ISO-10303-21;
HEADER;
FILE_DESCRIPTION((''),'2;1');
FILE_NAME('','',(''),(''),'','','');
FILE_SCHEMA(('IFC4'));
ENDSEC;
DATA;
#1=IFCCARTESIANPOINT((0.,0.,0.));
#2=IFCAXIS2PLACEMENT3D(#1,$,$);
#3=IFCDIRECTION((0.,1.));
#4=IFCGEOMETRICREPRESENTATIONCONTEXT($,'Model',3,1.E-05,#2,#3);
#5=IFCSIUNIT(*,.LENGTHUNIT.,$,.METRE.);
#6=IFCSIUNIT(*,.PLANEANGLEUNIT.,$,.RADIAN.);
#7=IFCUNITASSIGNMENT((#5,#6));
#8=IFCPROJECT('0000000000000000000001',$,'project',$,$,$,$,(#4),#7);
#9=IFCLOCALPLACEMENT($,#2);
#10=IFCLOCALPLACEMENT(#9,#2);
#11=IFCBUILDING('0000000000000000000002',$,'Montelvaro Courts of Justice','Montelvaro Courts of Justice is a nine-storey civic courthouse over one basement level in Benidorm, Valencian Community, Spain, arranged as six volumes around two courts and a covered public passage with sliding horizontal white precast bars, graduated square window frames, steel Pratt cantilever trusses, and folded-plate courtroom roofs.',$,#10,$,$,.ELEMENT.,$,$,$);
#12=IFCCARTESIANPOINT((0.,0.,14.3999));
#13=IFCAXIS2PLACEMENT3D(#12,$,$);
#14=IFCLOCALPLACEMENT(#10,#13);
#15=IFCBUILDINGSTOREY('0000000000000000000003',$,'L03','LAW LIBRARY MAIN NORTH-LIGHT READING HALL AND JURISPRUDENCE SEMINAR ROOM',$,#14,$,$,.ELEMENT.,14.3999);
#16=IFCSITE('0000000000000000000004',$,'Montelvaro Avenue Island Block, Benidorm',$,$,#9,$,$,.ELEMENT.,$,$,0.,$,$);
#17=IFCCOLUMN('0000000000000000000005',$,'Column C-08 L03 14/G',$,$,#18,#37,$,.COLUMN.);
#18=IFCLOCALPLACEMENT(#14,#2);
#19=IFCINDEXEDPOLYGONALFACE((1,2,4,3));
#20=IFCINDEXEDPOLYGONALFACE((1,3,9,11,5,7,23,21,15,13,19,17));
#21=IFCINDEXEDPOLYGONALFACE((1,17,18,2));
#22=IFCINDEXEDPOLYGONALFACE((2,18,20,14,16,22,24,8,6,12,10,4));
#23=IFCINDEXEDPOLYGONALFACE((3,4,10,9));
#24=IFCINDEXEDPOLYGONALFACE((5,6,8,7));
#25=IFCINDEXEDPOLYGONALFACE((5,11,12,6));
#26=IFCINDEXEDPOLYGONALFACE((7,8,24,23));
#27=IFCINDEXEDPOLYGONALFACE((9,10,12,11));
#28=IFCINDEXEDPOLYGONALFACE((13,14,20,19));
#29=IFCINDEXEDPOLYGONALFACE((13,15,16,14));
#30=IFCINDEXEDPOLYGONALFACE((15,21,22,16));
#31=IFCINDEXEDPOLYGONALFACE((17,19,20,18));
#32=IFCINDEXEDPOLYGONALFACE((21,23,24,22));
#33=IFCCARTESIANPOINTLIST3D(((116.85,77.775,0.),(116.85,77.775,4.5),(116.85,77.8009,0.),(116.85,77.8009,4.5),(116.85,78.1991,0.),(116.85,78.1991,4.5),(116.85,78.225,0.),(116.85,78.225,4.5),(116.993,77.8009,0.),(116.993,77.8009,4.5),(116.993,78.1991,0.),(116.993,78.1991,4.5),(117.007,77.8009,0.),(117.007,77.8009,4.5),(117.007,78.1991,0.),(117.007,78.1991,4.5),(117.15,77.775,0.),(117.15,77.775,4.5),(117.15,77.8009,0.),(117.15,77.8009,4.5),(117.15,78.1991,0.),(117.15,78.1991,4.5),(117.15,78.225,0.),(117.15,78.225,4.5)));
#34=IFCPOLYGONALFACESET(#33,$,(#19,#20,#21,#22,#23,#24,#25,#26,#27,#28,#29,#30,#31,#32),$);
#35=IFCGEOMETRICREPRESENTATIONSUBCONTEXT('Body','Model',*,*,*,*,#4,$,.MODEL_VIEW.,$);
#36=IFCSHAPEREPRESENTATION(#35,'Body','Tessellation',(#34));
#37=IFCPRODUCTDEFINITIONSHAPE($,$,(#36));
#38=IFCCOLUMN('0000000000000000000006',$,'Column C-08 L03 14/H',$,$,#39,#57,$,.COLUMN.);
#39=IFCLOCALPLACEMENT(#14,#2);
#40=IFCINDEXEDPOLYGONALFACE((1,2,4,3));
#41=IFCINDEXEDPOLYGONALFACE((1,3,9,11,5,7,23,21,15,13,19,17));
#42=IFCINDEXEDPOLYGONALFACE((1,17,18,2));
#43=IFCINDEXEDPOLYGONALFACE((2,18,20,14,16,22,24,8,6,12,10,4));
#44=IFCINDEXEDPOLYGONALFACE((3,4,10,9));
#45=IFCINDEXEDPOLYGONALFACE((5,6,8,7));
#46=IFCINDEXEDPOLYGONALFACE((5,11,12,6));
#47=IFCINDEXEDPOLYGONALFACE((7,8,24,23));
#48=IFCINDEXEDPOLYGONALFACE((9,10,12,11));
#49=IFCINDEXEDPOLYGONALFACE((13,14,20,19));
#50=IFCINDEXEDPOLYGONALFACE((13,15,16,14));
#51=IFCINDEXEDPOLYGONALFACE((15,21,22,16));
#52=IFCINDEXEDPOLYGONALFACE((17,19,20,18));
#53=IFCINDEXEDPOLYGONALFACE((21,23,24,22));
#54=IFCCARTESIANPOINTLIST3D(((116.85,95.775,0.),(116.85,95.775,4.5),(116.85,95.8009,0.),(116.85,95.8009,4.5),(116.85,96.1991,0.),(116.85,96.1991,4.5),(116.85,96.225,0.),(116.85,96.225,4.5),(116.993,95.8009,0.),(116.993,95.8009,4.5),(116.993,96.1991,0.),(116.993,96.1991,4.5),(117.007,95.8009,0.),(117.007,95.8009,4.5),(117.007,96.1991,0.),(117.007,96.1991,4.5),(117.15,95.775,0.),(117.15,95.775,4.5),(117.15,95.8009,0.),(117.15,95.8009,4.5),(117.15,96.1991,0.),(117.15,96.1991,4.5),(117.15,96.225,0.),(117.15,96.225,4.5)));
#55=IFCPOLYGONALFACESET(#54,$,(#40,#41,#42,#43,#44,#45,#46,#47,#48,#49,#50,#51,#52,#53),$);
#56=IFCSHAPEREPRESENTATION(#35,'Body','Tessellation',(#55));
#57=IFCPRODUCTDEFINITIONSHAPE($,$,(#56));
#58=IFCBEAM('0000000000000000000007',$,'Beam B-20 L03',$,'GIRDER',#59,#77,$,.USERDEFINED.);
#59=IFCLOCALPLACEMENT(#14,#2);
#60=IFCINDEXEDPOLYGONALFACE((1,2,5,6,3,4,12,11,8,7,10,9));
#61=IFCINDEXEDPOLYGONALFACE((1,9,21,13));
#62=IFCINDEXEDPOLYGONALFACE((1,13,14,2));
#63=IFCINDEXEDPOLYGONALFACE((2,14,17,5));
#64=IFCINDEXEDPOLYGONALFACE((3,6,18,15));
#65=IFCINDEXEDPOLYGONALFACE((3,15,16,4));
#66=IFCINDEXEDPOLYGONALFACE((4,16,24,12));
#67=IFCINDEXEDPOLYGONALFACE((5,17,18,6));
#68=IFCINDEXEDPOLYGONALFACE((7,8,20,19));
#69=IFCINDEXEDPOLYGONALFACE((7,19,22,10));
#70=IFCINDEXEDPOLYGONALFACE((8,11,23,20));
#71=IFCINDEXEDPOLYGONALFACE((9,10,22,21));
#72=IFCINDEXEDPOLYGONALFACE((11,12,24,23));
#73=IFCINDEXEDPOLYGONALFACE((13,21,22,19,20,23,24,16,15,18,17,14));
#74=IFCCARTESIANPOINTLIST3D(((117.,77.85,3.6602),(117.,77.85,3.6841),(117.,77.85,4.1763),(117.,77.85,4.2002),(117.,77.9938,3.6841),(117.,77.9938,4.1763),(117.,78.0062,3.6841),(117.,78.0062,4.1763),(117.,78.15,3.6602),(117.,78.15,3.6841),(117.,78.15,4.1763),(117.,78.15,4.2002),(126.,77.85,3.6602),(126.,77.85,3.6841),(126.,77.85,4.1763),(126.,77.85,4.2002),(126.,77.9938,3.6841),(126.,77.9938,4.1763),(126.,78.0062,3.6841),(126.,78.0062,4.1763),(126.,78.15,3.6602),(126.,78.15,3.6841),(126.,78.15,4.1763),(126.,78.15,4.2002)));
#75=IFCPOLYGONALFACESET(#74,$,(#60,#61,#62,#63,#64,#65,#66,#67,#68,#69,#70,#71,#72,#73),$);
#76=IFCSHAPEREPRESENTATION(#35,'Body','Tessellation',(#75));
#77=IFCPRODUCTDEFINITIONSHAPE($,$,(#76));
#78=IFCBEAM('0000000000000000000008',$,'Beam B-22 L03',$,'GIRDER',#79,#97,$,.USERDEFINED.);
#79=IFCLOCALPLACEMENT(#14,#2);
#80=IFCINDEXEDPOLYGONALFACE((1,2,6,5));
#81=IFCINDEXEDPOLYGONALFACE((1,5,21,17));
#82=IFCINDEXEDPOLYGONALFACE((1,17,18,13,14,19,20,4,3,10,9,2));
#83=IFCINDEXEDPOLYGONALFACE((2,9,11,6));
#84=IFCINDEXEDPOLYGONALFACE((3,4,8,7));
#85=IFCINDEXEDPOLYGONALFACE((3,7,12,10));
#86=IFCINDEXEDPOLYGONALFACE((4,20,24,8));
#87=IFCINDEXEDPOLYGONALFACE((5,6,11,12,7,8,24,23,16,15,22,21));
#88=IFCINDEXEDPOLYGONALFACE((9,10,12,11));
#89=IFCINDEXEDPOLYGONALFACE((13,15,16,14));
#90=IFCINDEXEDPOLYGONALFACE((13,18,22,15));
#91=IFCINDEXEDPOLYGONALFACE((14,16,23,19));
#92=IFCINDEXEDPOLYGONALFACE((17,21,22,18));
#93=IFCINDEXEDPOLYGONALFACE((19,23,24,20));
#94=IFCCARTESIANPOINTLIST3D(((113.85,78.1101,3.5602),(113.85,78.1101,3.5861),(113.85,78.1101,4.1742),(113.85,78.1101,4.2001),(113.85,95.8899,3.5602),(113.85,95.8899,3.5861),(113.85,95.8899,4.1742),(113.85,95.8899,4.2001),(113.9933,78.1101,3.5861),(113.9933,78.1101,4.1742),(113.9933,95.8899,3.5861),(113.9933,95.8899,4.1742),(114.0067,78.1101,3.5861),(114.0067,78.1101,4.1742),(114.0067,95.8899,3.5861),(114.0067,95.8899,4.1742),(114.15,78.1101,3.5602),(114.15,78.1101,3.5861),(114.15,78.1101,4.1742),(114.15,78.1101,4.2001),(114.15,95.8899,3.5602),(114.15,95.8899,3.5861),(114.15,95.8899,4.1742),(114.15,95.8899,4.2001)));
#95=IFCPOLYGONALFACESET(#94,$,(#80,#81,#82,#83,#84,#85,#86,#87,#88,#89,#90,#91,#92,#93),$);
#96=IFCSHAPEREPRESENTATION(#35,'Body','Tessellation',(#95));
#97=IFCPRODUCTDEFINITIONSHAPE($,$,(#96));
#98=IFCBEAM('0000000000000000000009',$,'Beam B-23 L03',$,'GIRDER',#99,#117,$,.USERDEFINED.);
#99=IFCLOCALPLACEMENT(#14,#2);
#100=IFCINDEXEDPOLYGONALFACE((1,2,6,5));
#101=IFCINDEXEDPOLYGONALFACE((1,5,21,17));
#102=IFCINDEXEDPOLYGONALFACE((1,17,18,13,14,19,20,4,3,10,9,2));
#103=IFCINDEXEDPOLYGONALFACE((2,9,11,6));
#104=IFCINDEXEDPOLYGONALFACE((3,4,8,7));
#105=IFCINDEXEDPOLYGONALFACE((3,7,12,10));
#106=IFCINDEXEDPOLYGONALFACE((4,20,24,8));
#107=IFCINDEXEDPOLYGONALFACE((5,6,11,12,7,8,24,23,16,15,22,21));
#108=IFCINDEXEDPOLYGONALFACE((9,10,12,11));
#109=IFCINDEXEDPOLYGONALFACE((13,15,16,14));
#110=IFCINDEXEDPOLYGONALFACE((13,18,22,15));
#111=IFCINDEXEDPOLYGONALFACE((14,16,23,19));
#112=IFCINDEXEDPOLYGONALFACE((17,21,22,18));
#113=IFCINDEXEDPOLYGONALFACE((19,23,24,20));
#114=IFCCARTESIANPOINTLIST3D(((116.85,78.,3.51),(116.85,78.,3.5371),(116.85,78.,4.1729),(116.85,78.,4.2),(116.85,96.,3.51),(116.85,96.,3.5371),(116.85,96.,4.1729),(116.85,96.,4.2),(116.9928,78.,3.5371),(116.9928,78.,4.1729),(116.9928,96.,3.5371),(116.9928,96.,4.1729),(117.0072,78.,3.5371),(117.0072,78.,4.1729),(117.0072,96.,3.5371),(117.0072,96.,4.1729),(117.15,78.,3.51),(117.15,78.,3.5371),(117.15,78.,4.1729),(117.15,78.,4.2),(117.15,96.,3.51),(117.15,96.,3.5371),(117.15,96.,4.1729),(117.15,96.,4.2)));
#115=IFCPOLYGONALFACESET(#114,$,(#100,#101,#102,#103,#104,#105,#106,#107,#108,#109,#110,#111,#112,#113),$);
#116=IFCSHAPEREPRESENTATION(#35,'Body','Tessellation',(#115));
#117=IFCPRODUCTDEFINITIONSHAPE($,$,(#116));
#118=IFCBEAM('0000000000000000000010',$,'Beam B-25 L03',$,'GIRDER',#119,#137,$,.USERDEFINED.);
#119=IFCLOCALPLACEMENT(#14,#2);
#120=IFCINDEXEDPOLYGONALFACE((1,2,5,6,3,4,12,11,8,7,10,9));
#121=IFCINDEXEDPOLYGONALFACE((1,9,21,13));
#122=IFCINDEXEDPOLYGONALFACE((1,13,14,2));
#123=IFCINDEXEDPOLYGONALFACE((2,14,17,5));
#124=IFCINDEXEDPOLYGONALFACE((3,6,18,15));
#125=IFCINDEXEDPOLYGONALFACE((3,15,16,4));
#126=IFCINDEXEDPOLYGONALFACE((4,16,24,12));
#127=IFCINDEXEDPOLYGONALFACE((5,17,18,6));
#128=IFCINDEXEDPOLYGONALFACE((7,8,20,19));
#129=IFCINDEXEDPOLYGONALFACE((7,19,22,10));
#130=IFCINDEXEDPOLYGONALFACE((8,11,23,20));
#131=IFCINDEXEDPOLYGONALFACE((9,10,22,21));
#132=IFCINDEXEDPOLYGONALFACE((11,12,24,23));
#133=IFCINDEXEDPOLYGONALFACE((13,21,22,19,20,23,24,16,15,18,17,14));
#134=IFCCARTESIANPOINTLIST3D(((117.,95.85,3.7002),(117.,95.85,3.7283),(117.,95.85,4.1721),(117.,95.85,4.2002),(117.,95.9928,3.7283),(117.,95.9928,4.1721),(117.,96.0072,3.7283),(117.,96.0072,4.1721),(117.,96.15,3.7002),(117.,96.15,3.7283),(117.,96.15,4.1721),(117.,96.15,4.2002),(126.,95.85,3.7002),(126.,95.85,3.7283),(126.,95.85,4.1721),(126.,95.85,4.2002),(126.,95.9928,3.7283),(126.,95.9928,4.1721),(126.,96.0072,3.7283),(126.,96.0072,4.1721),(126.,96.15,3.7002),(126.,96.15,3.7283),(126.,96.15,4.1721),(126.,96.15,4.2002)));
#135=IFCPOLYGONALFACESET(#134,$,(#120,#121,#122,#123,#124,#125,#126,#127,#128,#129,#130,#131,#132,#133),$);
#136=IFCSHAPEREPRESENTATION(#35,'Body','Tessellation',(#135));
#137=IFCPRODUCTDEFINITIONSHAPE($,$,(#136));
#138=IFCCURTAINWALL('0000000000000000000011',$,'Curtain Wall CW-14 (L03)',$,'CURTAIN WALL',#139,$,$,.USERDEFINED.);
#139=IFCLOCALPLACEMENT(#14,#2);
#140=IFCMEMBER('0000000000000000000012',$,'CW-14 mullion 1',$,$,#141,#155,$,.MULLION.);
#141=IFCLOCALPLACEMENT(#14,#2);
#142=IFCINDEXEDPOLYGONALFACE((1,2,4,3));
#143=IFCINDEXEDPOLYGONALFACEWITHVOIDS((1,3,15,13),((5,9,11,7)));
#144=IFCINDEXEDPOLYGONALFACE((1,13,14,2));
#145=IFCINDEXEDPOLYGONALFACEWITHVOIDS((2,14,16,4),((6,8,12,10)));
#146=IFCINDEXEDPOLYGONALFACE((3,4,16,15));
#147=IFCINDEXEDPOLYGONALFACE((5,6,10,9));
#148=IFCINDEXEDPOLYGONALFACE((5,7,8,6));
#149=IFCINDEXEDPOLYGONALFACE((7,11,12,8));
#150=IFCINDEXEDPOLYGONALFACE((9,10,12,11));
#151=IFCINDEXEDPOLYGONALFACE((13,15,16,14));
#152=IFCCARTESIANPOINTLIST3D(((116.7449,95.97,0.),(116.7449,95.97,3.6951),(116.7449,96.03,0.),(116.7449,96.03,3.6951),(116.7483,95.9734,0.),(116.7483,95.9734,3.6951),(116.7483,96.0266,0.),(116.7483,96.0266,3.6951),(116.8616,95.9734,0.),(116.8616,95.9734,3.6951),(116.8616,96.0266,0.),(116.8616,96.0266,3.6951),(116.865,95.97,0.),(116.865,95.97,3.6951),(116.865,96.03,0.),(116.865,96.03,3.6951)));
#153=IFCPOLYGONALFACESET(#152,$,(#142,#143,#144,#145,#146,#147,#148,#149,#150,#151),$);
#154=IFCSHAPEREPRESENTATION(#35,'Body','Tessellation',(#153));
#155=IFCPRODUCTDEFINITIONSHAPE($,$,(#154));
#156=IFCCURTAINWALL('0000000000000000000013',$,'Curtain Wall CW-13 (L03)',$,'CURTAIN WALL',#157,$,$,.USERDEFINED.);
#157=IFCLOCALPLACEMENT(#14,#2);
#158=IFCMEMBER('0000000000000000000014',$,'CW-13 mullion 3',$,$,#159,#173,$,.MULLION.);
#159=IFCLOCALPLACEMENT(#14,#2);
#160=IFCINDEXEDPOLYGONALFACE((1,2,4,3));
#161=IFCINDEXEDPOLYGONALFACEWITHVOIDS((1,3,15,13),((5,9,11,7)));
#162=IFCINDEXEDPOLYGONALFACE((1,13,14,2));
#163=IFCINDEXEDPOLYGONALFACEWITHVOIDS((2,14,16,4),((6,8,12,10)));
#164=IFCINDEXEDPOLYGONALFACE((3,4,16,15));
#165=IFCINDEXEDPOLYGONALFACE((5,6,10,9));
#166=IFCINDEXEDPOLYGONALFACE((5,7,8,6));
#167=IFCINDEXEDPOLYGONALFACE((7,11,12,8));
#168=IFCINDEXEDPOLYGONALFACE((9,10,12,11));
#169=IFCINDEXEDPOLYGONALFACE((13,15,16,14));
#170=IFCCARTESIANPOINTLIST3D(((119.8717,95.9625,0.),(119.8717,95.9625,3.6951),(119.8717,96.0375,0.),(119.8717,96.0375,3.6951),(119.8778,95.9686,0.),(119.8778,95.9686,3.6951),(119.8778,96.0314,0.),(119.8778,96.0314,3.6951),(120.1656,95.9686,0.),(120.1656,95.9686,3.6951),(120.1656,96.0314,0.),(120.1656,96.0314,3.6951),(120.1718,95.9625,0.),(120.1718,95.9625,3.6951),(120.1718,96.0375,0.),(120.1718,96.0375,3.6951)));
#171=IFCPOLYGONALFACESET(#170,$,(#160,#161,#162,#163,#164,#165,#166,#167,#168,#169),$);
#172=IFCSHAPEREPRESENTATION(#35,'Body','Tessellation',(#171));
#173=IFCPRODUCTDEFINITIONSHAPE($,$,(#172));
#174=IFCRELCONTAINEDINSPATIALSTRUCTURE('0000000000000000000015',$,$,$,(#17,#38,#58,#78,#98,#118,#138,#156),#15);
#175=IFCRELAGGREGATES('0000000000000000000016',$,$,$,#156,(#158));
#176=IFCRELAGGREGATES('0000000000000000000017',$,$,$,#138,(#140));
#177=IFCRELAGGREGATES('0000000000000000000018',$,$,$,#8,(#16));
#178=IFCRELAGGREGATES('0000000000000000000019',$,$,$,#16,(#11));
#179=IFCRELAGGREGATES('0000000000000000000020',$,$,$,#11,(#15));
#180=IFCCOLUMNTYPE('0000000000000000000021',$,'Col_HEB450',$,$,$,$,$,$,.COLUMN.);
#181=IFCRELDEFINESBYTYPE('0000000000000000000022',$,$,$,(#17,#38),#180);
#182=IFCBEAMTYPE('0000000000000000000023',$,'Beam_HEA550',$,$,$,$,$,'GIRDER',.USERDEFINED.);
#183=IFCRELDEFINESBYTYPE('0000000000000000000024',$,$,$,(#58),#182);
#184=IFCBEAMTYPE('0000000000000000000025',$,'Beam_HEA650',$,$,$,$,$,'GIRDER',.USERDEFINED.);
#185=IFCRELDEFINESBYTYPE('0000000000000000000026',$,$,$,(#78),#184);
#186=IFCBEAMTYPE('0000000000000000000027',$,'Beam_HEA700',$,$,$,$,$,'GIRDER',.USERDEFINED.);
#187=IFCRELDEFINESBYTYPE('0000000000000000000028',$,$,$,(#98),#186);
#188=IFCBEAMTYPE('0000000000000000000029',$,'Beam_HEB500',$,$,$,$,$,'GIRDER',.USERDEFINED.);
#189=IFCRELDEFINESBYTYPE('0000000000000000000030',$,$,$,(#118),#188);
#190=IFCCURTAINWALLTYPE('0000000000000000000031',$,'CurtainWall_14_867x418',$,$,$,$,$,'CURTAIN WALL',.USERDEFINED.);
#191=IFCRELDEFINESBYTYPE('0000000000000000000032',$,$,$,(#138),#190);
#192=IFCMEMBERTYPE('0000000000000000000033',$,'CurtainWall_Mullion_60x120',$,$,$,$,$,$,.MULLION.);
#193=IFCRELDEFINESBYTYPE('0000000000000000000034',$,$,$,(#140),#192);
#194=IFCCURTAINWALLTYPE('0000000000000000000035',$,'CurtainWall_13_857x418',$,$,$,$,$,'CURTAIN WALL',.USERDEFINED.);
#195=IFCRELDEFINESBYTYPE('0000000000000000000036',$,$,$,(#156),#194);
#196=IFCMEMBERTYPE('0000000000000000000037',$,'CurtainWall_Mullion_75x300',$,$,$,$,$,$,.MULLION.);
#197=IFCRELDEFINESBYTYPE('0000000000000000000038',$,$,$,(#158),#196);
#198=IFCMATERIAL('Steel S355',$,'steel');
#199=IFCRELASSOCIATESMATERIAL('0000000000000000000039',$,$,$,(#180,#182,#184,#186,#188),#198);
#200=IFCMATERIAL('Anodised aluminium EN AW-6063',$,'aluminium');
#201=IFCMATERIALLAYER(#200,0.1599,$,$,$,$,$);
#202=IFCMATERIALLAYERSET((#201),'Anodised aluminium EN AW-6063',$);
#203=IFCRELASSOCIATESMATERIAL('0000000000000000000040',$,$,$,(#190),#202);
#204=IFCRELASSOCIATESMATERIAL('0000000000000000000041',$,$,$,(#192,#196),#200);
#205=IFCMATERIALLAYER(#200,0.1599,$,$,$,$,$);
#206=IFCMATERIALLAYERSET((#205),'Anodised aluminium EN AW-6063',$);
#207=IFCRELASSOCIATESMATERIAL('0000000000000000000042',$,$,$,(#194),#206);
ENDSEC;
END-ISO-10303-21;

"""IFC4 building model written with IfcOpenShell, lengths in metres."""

from ifc_helpers import new_model, si_unit, direction, frame, origin, origin_2d, place, context, subcontext, project, spatial, hollow_rectangle, i_section, extrude, material, layer, layer_set, material_profile, profile_set, type_object, element, aggregate, save


model = new_model("IFC4")

# Units and contexts
model_context = context("Model", 3, precision=1e-05, world=origin(), true_north=direction((0.0, 1.0)))
body_context = subcontext(model_context, "Body", "Model", "MODEL_VIEW")
ifc_project = project(units=[si_unit("LENGTHUNIT", "METRE"), si_unit("PLANEANGLEUNIT", "RADIAN")], contexts=[model_context])

# Site, building, storey
site_placement = place(None, origin())
site = spatial("IfcSite", under=ifc_project, at=site_placement, Name="Montelvaro Avenue Island Block, Benidorm", CompositionType="ELEMENT", RefElevation=0.0)
building_placement = place(site_placement, origin())
building = spatial("IfcBuilding", under=site, at=building_placement, Name="Montelvaro Courts of Justice", Description="Montelvaro Courts of Justice is a nine-storey civic courthouse over one basement level in Benidorm, Valencian Community, Spain, arranged as six volumes around two courts and a covered public passage with sliding horizontal white precast bars, graduated square window frames, steel Pratt cantilever trusses, and folded-plate courtroom roofs.", CompositionType="ELEMENT")
storey_placement = place(building_placement, frame((0.0, 0.0, 14.3999)))
storey = spatial("IfcBuildingStorey", under=building, at=storey_placement, Name="L03", Description="LAW LIBRARY MAIN NORTH-LIGHT READING HALL AND JURISPRUDENCE SEMINAR ROOM", CompositionType="ELEMENT", Elevation=14.3999)

# Columns
ifc_material_1 = material(Name="Steel S355", Category="steel")
ifc_material_profile_1 = material_profile(ifc_material_1, i_section(OverallWidth=0.3, OverallDepth=0.45, WebThickness=0.0139, FlangeThickness=0.0259, at=origin_2d()), Name="HEB 450")
ifc_profile_set_1 = profile_set([ifc_material_profile_1], Name="Steel S355")
column_type = type_object("IfcColumnType", Name="Col_HEB450", PredefinedType="COLUMN", material=ifc_profile_set_1)
for number, where, z_axis, x_axis, name in (
    (1, (117.0, 78.0, 0.0), (0.0, 0.0, 1.0), (1.0, 0.0, 0.0), "Column C-08 L03 14/G"),
    (2, (117.0, 96.0, 0.0), (0.0, 0.0, 1.0), (1.0, 0.0, 0.0), "Column C-08 L03 14/H"),
):
    element("IfcColumn", number, at=place(storey_placement, frame(where, z_axis=z_axis, x_axis=x_axis)), inside=storey, type_object=column_type, Name=name, PredefinedType="COLUMN", context=body_context, shape_type="SweptSolid", body=[
        extrude(i_section(OverallWidth=0.3, OverallDepth=0.45, WebThickness=0.0139, FlangeThickness=0.0259, at=origin_2d()), origin(), (0.0, 0.0, 1.0), 4.5),
    ])

# Beams
ifc_material_profile_2 = material_profile(ifc_material_1, i_section(OverallWidth=0.3, OverallDepth=0.54, WebThickness=0.0125, FlangeThickness=0.0239, at=origin_2d()), Name="HEA 550")
ifc_profile_set_2 = profile_set([ifc_material_profile_2], Name="Steel S355")
beam_type_1 = type_object("IfcBeamType", Name="Beam_HEA550", ElementType="GIRDER", PredefinedType="USERDEFINED", material=ifc_profile_set_2)
beam_1_placement = place(storey_placement, frame((117.0, 78.0, 3.9302), z_axis=(1.0, 0.0, 0.0), x_axis=(0.0, 1.0, 0.0)))
element("IfcBeam", 3, at=beam_1_placement, inside=storey, type_object=beam_type_1, Name="Beam B-20 L03", ObjectType="GIRDER", PredefinedType="USERDEFINED", context=body_context, shape_type="SweptSolid", body=[
    extrude(i_section(OverallWidth=0.3, OverallDepth=0.54, WebThickness=0.0125, FlangeThickness=0.0239, at=origin_2d()), origin(), (0.0, 0.0, 1.0), 9.0),
])
ifc_material_profile_3 = material_profile(ifc_material_1, i_section(OverallWidth=0.3, OverallDepth=0.6399, WebThickness=0.0134, FlangeThickness=0.0259, at=origin_2d()), Name="HEA 650")
ifc_profile_set_3 = profile_set([ifc_material_profile_3], Name="Steel S355")
beam_type_2 = type_object("IfcBeamType", Name="Beam_HEA650", ElementType="GIRDER", PredefinedType="USERDEFINED", material=ifc_profile_set_3)
beam_2_placement = place(storey_placement, frame((114.0, 78.1101, 3.8801), z_axis=(0.0, 1.0, 0.0), x_axis=(-1.0, 0.0, 0.0)))
element("IfcBeam", 4, at=beam_2_placement, inside=storey, type_object=beam_type_2, Name="Beam B-22 L03", ObjectType="GIRDER", PredefinedType="USERDEFINED", context=body_context, shape_type="SweptSolid", body=[
    extrude(i_section(OverallWidth=0.3, OverallDepth=0.6399, WebThickness=0.0134, FlangeThickness=0.0259, at=origin_2d()), origin(), (0.0, 0.0, 1.0), 17.7798),
])
ifc_material_profile_4 = material_profile(ifc_material_1, i_section(OverallWidth=0.3, OverallDepth=0.6899, WebThickness=0.0144, FlangeThickness=0.0271, at=origin_2d()), Name="HEA 700")
ifc_profile_set_4 = profile_set([ifc_material_profile_4], Name="Steel S355")
beam_type_3 = type_object("IfcBeamType", Name="Beam_HEA700", ElementType="GIRDER", PredefinedType="USERDEFINED", material=ifc_profile_set_4)
beam_3_placement = place(storey_placement, frame((117.0, 78.0, 3.855), z_axis=(0.0, 1.0, 0.0), x_axis=(-1.0, 0.0, 0.0)))
element("IfcBeam", 5, at=beam_3_placement, inside=storey, type_object=beam_type_3, Name="Beam B-23 L03", ObjectType="GIRDER", PredefinedType="USERDEFINED", context=body_context, shape_type="SweptSolid", body=[
    extrude(i_section(OverallWidth=0.3, OverallDepth=0.6899, WebThickness=0.0144, FlangeThickness=0.0271, at=origin_2d()), origin(), (0.0, 0.0, 1.0), 18.0),
])
ifc_material_profile_5 = material_profile(ifc_material_1, i_section(OverallWidth=0.3, OverallDepth=0.5, WebThickness=0.0144, FlangeThickness=0.0281, at=origin_2d()), Name="HEB 500")
ifc_profile_set_5 = profile_set([ifc_material_profile_5], Name="Steel S355")
beam_type_4 = type_object("IfcBeamType", Name="Beam_HEB500", ElementType="GIRDER", PredefinedType="USERDEFINED", material=ifc_profile_set_5)
beam_4_placement = place(storey_placement, frame((117.0, 96.0, 3.9502), z_axis=(1.0, 0.0, 0.0), x_axis=(0.0, 1.0, 0.0)))
element("IfcBeam", 6, at=beam_4_placement, inside=storey, type_object=beam_type_4, Name="Beam B-25 L03", ObjectType="GIRDER", PredefinedType="USERDEFINED", context=body_context, shape_type="SweptSolid", body=[
    extrude(i_section(OverallWidth=0.3, OverallDepth=0.5, WebThickness=0.0144, FlangeThickness=0.0281, at=origin_2d()), origin(), (0.0, 0.0, 1.0), 9.0),
])

# Curtain wall, member
ifc_material_2 = material(Name="Anodised aluminium EN AW-6063", Category="aluminium")
ifc_layer_1 = layer(ifc_material_2, 0.1599)
ifc_layer_set_1 = layer_set([ifc_layer_1], Name="Anodised aluminium EN AW-6063")
curtain_wall_type_1 = type_object("IfcCurtainWallType", Name="CurtainWall_14_867x418", ElementType="CURTAIN WALL", PredefinedType="USERDEFINED", material=ifc_layer_set_1)
curtain_wall_1_placement = place(storey_placement, origin())
curtain_wall_1 = element("IfcCurtainWall", 7, at=curtain_wall_1_placement, inside=storey, type_object=curtain_wall_type_1, Name="Curtain Wall CW-14 (L03)", ObjectType="CURTAIN WALL", PredefinedType="USERDEFINED")
ifc_material_profile_6 = material_profile(ifc_material_2, hollow_rectangle(XDim=0.0601, YDim=0.1201, WallThickness=0.0034, at=origin_2d()), Name="ALU-M 60x120")
ifc_profile_set_6 = profile_set([ifc_material_profile_6], Name="Anodised aluminium EN AW-6063")
member_type_1 = type_object("IfcMemberType", Name="CurtainWall_Mullion_60x120", PredefinedType="MULLION", material=ifc_profile_set_6)
member_1_placement = place(storey_placement, frame((116.8049, 96.0, 0.0), z_axis=(0.0, 0.0, 1.0), x_axis=(0.0, -1.0, 0.0)))
member_1 = element("IfcMember", 8, at=member_1_placement, type_object=member_type_1, Name="CW-14 mullion 1", PredefinedType="MULLION", context=body_context, shape_type="SweptSolid", body=[
    extrude(hollow_rectangle(XDim=0.0601, YDim=0.1201, WallThickness=0.0034, at=origin_2d()), origin(), (0.0, 0.0, 1.0), 3.6951),
])

# Curtain wall, member
ifc_layer_2 = layer(ifc_material_2, 0.1599)
ifc_layer_set_2 = layer_set([ifc_layer_2], Name="Anodised aluminium EN AW-6063")
curtain_wall_type_2 = type_object("IfcCurtainWallType", Name="CurtainWall_13_857x418", ElementType="CURTAIN WALL", PredefinedType="USERDEFINED", material=ifc_layer_set_2)
curtain_wall_2_placement = place(storey_placement, origin())
curtain_wall_2 = element("IfcCurtainWall", 9, at=curtain_wall_2_placement, inside=storey, type_object=curtain_wall_type_2, Name="Curtain Wall CW-13 (L03)", ObjectType="CURTAIN WALL", PredefinedType="USERDEFINED")
ifc_material_profile_7 = material_profile(ifc_material_2, hollow_rectangle(XDim=0.075, YDim=0.3, WallThickness=0.0061, at=origin_2d()), Name="ALU-M 75x300")
ifc_profile_set_7 = profile_set([ifc_material_profile_7], Name="Anodised aluminium EN AW-6063")
member_type_2 = type_object("IfcMemberType", Name="CurtainWall_Mullion_75x300", PredefinedType="MULLION", material=ifc_profile_set_7)
member_2_placement = place(storey_placement, frame((120.0217, 96.0, 0.0), z_axis=(0.0, 0.0, 1.0), x_axis=(0.0, -1.0, 0.0)))
member_2 = element("IfcMember", 10, at=member_2_placement, type_object=member_type_2, Name="CW-13 mullion 3", PredefinedType="MULLION", context=body_context, shape_type="SweptSolid", body=[
    extrude(hollow_rectangle(XDim=0.075, YDim=0.3, WallThickness=0.0061, at=origin_2d()), origin(), (0.0, 0.0, 1.0), 3.6951),
])

aggregate(curtain_wall_2, [member_2])
aggregate(curtain_wall_1, [member_1])

save(model, "model.ifc")
